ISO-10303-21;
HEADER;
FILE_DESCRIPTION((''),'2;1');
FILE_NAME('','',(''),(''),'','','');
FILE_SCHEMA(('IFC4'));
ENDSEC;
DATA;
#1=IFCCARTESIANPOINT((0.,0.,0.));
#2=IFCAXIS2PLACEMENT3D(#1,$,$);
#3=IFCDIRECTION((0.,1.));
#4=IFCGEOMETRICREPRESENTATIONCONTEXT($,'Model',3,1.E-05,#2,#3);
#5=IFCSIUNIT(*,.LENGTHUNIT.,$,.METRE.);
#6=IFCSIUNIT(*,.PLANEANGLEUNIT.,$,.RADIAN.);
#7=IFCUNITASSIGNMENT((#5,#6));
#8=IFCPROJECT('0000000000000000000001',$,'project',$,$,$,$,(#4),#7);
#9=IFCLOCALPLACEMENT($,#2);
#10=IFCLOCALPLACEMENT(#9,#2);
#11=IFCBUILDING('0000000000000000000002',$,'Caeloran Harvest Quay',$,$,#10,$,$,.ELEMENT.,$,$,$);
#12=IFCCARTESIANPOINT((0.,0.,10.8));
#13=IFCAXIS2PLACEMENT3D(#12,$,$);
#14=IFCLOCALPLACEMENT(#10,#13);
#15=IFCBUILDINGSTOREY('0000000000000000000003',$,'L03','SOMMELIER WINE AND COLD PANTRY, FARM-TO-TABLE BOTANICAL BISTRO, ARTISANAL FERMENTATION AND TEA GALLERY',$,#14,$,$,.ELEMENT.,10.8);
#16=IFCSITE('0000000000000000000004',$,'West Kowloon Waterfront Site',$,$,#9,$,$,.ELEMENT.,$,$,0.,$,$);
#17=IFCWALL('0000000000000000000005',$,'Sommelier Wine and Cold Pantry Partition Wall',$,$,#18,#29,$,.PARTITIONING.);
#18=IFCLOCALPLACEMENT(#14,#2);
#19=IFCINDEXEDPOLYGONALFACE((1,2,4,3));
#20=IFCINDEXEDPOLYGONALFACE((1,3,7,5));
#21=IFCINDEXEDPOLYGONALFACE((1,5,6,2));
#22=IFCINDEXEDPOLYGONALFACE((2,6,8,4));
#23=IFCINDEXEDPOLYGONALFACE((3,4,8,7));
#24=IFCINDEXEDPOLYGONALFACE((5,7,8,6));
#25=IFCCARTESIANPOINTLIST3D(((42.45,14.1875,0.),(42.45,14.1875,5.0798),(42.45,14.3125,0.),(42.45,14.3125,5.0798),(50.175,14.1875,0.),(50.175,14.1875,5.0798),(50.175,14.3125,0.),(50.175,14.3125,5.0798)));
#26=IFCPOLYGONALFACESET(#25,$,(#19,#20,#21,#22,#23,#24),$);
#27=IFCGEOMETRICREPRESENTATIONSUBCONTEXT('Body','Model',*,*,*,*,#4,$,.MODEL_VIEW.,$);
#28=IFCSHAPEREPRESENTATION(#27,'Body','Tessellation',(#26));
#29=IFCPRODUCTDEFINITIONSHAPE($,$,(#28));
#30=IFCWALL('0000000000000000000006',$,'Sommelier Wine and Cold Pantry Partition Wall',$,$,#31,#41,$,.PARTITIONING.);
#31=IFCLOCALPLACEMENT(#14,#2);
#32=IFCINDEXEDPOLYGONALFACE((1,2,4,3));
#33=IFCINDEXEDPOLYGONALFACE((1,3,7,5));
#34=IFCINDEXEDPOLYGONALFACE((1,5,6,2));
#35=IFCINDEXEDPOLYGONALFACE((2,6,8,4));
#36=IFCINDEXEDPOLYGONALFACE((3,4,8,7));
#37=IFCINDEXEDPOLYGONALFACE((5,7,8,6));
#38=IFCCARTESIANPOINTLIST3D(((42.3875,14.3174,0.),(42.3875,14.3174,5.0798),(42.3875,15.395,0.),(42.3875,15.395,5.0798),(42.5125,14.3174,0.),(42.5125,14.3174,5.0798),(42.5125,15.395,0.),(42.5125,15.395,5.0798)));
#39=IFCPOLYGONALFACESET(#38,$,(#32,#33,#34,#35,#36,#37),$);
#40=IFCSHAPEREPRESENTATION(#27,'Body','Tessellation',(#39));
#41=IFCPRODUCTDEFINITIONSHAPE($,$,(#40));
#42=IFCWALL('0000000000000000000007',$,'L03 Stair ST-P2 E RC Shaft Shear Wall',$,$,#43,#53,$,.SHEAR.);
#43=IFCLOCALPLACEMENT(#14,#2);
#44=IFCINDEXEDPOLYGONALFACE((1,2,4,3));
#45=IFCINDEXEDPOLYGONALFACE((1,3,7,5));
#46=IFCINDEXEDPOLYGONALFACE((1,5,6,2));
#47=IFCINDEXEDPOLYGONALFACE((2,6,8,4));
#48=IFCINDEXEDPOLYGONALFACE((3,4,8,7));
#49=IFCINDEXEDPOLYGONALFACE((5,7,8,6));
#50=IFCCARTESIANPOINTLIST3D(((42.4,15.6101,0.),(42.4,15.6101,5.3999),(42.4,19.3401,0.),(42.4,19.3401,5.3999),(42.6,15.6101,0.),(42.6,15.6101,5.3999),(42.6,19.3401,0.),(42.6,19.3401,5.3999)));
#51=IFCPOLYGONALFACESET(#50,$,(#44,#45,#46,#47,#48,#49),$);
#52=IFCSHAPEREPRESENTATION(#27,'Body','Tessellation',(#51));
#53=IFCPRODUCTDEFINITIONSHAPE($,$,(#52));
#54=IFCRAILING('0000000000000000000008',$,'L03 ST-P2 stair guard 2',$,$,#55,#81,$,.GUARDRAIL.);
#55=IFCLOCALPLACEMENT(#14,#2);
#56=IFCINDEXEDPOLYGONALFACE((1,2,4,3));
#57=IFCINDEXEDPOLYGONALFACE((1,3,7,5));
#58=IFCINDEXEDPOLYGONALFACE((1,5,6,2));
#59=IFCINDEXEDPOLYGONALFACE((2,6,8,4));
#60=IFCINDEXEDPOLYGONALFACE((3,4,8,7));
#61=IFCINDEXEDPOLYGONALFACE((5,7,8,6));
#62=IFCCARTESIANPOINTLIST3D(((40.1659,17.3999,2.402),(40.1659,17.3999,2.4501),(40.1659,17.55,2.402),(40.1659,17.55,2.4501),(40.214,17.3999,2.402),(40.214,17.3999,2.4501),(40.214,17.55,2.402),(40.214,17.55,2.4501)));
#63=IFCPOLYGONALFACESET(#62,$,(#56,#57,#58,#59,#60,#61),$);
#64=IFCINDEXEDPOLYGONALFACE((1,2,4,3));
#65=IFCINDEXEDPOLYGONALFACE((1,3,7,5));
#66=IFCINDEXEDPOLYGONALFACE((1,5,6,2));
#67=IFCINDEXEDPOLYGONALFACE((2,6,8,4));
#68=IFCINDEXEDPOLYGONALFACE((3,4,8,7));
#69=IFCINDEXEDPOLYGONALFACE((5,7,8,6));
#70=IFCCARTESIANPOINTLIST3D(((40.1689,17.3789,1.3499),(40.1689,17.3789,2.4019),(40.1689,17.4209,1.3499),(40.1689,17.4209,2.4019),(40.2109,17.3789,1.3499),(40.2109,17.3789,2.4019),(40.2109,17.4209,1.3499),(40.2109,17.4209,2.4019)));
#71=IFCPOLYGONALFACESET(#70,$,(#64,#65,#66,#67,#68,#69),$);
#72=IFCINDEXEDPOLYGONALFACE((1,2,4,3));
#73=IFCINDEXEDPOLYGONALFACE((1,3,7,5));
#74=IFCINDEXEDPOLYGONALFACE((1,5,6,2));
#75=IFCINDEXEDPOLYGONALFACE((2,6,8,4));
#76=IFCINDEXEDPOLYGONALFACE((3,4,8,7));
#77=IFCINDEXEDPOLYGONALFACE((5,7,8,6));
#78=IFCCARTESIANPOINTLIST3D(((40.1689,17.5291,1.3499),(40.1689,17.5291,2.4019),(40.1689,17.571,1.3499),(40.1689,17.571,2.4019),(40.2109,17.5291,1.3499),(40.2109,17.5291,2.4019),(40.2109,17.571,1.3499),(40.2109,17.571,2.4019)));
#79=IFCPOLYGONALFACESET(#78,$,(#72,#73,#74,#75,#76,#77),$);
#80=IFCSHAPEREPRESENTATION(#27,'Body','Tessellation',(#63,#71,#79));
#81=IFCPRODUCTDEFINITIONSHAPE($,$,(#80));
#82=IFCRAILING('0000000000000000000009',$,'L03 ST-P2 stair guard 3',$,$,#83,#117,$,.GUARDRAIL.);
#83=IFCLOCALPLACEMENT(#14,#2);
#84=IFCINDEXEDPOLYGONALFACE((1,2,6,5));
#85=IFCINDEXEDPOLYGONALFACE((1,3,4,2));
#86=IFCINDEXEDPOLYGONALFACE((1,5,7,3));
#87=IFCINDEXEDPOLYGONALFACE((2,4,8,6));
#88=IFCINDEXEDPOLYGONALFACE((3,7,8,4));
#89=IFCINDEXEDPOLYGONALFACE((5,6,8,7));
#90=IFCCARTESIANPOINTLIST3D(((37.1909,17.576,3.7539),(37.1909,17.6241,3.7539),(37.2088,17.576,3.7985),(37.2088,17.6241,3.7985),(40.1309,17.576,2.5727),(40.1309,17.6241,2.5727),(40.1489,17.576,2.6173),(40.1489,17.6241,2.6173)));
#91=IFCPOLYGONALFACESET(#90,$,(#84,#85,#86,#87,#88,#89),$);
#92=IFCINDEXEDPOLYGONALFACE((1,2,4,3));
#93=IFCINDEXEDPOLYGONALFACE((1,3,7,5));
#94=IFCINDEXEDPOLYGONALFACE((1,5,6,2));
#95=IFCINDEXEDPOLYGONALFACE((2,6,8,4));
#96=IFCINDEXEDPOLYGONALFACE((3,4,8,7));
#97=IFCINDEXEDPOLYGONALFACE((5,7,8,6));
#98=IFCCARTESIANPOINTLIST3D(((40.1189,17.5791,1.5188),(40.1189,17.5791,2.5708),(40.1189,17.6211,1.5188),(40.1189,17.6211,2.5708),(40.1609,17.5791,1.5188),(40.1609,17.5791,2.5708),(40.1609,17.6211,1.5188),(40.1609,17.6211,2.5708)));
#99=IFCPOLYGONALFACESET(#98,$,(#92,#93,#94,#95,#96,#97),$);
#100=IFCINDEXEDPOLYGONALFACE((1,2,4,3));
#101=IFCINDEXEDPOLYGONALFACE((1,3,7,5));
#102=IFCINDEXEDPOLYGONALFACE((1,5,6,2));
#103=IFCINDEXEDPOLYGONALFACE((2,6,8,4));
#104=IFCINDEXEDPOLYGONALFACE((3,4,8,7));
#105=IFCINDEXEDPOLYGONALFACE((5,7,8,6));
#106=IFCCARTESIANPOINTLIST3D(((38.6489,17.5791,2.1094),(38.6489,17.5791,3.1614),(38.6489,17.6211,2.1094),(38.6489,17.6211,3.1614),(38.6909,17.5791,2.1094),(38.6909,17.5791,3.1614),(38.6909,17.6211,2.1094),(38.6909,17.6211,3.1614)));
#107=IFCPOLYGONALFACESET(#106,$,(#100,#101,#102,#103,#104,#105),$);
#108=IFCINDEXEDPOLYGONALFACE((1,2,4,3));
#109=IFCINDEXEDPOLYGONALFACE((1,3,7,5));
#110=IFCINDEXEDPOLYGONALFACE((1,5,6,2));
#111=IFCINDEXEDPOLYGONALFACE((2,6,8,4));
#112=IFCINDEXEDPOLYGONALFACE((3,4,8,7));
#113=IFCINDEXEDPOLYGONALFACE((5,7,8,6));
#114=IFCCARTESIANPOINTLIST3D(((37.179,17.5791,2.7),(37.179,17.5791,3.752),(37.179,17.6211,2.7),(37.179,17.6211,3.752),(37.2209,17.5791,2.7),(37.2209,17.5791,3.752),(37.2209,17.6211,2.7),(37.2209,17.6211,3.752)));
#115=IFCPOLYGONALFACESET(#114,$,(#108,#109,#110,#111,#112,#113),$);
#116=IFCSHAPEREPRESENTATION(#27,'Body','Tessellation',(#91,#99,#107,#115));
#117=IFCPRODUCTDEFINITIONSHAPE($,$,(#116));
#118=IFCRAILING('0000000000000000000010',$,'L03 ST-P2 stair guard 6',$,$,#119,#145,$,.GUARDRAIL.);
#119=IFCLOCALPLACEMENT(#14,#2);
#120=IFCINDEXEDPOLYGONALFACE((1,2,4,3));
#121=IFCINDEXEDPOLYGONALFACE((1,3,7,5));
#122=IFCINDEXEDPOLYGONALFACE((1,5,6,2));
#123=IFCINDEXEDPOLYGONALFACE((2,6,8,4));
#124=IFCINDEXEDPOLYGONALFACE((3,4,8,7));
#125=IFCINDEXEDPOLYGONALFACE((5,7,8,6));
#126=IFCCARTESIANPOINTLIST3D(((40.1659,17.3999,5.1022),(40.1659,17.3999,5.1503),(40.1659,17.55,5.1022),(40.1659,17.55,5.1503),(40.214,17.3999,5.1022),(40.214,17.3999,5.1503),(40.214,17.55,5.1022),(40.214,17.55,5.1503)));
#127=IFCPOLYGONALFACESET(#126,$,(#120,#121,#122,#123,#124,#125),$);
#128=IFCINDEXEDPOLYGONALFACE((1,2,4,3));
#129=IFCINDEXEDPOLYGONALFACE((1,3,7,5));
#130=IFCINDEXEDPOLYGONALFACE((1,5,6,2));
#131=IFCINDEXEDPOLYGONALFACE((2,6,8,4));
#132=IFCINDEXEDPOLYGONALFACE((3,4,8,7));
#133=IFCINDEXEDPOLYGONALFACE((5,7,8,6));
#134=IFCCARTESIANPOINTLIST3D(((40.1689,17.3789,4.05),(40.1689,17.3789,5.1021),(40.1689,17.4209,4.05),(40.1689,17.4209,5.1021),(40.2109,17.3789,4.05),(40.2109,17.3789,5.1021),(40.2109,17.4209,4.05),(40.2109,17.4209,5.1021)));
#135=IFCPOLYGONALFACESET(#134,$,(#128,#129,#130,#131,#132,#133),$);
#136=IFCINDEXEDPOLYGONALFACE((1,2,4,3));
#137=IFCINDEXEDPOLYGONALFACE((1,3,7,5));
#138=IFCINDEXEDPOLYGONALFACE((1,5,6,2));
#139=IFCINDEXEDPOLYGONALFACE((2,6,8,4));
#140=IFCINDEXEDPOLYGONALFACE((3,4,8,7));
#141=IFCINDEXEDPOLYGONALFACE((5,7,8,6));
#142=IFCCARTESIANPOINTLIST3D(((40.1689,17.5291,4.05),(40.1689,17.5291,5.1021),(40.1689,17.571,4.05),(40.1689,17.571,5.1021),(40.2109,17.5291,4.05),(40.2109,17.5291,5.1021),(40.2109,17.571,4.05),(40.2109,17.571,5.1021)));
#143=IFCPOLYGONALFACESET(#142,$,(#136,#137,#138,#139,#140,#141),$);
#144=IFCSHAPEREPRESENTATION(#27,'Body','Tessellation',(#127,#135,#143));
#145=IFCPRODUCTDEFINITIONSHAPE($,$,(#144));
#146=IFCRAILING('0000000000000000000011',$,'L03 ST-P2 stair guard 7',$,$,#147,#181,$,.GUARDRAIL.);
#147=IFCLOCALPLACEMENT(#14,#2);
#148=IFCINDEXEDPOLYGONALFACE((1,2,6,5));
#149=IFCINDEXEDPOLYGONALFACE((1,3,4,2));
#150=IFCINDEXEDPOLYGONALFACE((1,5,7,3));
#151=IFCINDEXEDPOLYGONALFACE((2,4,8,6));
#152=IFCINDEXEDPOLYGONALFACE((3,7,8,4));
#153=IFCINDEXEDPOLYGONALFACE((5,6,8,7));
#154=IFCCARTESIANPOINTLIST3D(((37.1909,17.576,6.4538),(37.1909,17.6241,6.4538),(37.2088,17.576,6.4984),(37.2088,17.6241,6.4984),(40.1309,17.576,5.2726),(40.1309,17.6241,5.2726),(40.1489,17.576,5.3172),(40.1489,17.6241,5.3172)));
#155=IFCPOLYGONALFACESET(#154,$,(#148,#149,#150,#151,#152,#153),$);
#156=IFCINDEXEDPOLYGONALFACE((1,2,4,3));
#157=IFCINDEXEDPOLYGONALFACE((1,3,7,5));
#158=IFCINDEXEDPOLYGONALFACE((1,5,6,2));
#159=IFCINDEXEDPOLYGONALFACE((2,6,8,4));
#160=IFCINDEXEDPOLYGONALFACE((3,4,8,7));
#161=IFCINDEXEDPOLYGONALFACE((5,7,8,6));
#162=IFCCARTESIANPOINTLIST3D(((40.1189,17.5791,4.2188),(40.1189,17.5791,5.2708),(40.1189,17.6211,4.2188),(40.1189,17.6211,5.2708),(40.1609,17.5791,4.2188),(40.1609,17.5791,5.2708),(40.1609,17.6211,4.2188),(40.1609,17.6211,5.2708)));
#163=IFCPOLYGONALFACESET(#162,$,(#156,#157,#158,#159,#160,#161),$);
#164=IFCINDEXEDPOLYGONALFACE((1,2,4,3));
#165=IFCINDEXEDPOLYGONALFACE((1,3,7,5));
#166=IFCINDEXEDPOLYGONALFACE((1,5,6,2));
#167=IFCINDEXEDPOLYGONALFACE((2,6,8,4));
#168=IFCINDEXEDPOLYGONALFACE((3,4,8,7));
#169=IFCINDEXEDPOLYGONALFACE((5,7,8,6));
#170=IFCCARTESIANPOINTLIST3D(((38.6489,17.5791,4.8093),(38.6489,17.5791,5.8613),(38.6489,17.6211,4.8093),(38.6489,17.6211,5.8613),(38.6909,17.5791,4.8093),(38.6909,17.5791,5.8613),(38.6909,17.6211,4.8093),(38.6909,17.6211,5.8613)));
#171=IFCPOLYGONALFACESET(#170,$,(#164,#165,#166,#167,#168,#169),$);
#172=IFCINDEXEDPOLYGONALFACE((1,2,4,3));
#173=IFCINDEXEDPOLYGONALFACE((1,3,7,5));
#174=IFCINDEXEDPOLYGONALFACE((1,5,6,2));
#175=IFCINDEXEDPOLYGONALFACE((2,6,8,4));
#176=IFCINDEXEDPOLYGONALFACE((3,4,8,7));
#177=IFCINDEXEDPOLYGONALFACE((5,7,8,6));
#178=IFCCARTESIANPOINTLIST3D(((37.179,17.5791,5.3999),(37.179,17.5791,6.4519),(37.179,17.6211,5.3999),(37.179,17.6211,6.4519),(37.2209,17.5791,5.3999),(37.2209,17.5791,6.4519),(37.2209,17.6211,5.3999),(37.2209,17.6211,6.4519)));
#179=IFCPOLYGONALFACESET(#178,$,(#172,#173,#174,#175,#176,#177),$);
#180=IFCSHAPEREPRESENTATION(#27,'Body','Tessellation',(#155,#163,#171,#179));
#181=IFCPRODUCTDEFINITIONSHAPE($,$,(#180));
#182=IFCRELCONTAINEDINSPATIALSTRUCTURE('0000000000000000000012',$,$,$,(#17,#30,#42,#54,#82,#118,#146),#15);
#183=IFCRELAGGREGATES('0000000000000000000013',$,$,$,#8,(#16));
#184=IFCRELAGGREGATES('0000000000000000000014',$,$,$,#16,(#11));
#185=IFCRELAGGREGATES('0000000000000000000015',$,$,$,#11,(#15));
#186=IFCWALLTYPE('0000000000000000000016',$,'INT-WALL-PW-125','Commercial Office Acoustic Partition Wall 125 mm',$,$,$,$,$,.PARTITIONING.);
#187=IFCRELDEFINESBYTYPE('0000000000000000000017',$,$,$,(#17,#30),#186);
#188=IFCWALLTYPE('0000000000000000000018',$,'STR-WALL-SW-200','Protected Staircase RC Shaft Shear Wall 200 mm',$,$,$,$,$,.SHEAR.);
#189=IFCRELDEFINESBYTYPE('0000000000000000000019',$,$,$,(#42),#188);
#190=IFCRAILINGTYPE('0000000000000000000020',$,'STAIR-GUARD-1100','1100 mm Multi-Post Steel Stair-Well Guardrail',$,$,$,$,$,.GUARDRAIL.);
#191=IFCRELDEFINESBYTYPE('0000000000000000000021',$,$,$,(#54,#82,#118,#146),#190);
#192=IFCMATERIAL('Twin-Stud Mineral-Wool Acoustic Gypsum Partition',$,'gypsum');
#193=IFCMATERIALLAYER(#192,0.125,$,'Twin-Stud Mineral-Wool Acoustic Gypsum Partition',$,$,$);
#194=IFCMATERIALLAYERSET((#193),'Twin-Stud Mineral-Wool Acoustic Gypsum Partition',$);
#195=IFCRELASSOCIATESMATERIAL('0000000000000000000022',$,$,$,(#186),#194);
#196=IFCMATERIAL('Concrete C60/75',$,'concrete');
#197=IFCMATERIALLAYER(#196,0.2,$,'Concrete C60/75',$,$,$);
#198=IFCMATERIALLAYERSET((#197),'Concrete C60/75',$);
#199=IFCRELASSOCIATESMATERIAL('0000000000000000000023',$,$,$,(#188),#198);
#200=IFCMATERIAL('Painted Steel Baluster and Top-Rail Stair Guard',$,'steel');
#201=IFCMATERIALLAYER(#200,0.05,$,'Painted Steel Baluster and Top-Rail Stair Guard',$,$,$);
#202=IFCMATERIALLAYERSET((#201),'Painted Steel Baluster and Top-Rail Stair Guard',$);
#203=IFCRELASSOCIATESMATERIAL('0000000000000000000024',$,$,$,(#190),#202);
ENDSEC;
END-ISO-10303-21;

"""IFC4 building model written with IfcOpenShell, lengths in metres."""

from ifc_helpers import new_model, si_unit, direction, frame, frame_2d, origin, origin_2d, place, context, subcontext, project, spatial, rectangle, extrude, material, layer, layer_set, type_object, element, save


model = new_model("IFC4")

# Units and contexts
model_context = context("Model", 3, precision=1e-05, world=origin(), true_north=direction((0.0, 1.0)))
body_context = subcontext(model_context, "Body", "Model", "MODEL_VIEW")
ifc_project = project(units=[si_unit("LENGTHUNIT", "METRE"), si_unit("PLANEANGLEUNIT", "RADIAN")], contexts=[model_context])

# Site, building, storey
site_placement = place(None, origin())
site = spatial("IfcSite", under=ifc_project, at=site_placement, Name="West Kowloon Waterfront Site", CompositionType="ELEMENT", RefElevation=0.0)
building_placement = place(site_placement, origin())
building = spatial("IfcBuilding", under=site, at=building_placement, Name="Caeloran Harvest Quay", CompositionType="ELEMENT")
storey_placement = place(building_placement, frame((0.0, 0.0, 10.8)))
storey = spatial("IfcBuildingStorey", under=building, at=storey_placement, Name="L03", Description="SOMMELIER WINE AND COLD PANTRY, FARM-TO-TABLE BOTANICAL BISTRO, ARTISANAL FERMENTATION AND TEA GALLERY", CompositionType="ELEMENT", Elevation=10.8)

# Walls
ifc_material_1 = material(Name="Twin-Stud Mineral-Wool Acoustic Gypsum Partition", Category="gypsum")
ifc_layer_1 = layer(ifc_material_1, 0.125, Name="Twin-Stud Mineral-Wool Acoustic Gypsum Partition")
ifc_layer_set_1 = layer_set([ifc_layer_1], Name="Twin-Stud Mineral-Wool Acoustic Gypsum Partition")
wall_type_1 = type_object("IfcWallType", Name="INT-WALL-PW-125", Description="Commercial Office Acoustic Partition Wall 125 mm", PredefinedType="PARTITIONING", material=ifc_layer_set_1)
wall_1_placement = place(storey_placement, frame((50.175, 14.25, 0.0), z_axis=(0.0, 0.0, 1.0), x_axis=(-1.0, 0.0, 0.0)))
element("IfcWall", 1, at=wall_1_placement, inside=storey, type_object=wall_type_1, Name="Sommelier Wine and Cold Pantry Partition Wall", PredefinedType="PARTITIONING", context=body_context, shape_type="SweptSolid", body=[
    extrude(rectangle(XDim=7.7251, YDim=0.125, at=frame_2d((3.8625, 0.0))), origin(), (0.0, 0.0, 1.0), 5.0798),
])
wall_2_placement = place(storey_placement, frame((42.45, 14.3174, 0.0), z_axis=(0.0, 0.0, 1.0), x_axis=(0.0, 1.0, 0.0)))
element("IfcWall", 2, at=wall_2_placement, inside=storey, type_object=wall_type_1, Name="Sommelier Wine and Cold Pantry Partition Wall", PredefinedType="PARTITIONING", context=body_context, shape_type="SweptSolid", body=[
    extrude(rectangle(XDim=1.0776, YDim=0.125, at=frame_2d((0.5388, 0.0))), origin(), (0.0, 0.0, 1.0), 5.0798),
])
ifc_material_2 = material(Name="Concrete C60/75", Category="concrete")
ifc_layer_2 = layer(ifc_material_2, 0.2, Name="Concrete C60/75")
ifc_layer_set_2 = layer_set([ifc_layer_2], Name="Concrete C60/75")
wall_type_2 = type_object("IfcWallType", Name="STR-WALL-SW-200", Description="Protected Staircase RC Shaft Shear Wall 200 mm", PredefinedType="SHEAR", material=ifc_layer_set_2)
wall_3_placement = place(storey_placement, frame((42.5, 15.6101, 0.0), z_axis=(0.0, 0.0, 1.0), x_axis=(0.0, 1.0, 0.0)))
element("IfcWall", 3, at=wall_3_placement, inside=storey, type_object=wall_type_2, Name="L03 Stair ST-P2 E RC Shaft Shear Wall", PredefinedType="SHEAR", context=body_context, shape_type="SweptSolid", body=[
    extrude(rectangle(XDim=3.73, YDim=0.2, at=frame_2d((1.865, 0.0))), origin(), (0.0, 0.0, 1.0), 5.3999),
])

# Railings
ifc_material_3 = material(Name="Painted Steel Baluster and Top-Rail Stair Guard", Category="steel")
ifc_layer_3 = layer(ifc_material_3, 0.05, Name="Painted Steel Baluster and Top-Rail Stair Guard")
ifc_layer_set_3 = layer_set([ifc_layer_3], Name="Painted Steel Baluster and Top-Rail Stair Guard")
railing_type_1 = type_object("IfcRailingType", Name="STAIR-GUARD-1100", Description="1100 mm Multi-Post Steel Stair-Well Guardrail", PredefinedType="GUARDRAIL", material=ifc_layer_set_3)
railing_1_placement = place(storey_placement, frame((40.1899, 17.3999, 1.3499)))
element("IfcRailing", 4, at=railing_1_placement, inside=storey, type_object=railing_type_1, Name="L03 ST-P2 stair guard 2", PredefinedType="GUARDRAIL", context=body_context, shape_type="SweptSolid", body=[
    extrude(rectangle(XDim=0.0481, YDim=0.0481, at=origin_2d()), frame((0.0, 0.0, 1.0762), z_axis=(0.0, 1.0, 0.0), x_axis=(-1.0, 0.0, 0.0)), (0.0, 0.0, 1.0), 0.1501),
    extrude(rectangle(XDim=0.042, YDim=0.042, at=origin_2d()), origin(), (0.0, 0.0, 1.0), 1.052),
    extrude(rectangle(XDim=0.042, YDim=0.042, at=origin_2d()), frame((0.0, 0.1501, 0.0)), (0.0, 0.0, 1.0), 1.052),
])
railing_2_placement = place(storey_placement, frame((40.1399, 17.6001, 1.5188)))
element("IfcRailing", 5, at=railing_2_placement, inside=storey, type_object=railing_type_1, Name="L03 ST-P2 stair guard 3", PredefinedType="GUARDRAIL", context=body_context, shape_type="SweptSolid", body=[
    extrude(rectangle(XDim=0.0481, YDim=0.0481, at=origin_2d()), frame((0.0, 0.0, 1.0762), z_axis=(-0.927912, 0.0, 0.372799), x_axis=(0.0, -1.0, 0.0)), (0.0, 0.0, 1.0), 3.1685),
    extrude(rectangle(XDim=0.042, YDim=0.042, at=origin_2d()), origin(), (0.0, 0.0, 1.0), 1.052),
    extrude(rectangle(XDim=0.042, YDim=0.042, at=origin_2d()), frame((-1.47, 0.0, 0.5906)), (0.0, 0.0, 1.0), 1.052),
    extrude(rectangle(XDim=0.042, YDim=0.042, at=origin_2d()), frame((-2.9399, 0.0, 1.1812)), (0.0, 0.0, 1.0), 1.052),
])
railing_3_placement = place(storey_placement, frame((40.1899, 17.3999, 4.05)))
element("IfcRailing", 6, at=railing_3_placement, inside=storey, type_object=railing_type_1, Name="L03 ST-P2 stair guard 6", PredefinedType="GUARDRAIL", context=body_context, shape_type="SweptSolid", body=[
    extrude(rectangle(XDim=0.0481, YDim=0.0481, at=origin_2d()), frame((0.0, 0.0, 1.0762), z_axis=(0.0, 1.0, 0.0), x_axis=(-1.0, 0.0, 0.0)), (0.0, 0.0, 1.0), 0.1501),
    extrude(rectangle(XDim=0.042, YDim=0.042, at=origin_2d()), origin(), (0.0, 0.0, 1.0), 1.052),
    extrude(rectangle(XDim=0.042, YDim=0.042, at=origin_2d()), frame((0.0, 0.1501, 0.0)), (0.0, 0.0, 1.0), 1.052),
])
railing_4_placement = place(storey_placement, frame((40.1399, 17.6001, 4.2188)))
element("IfcRailing", 7, at=railing_4_placement, inside=storey, type_object=railing_type_1, Name="L03 ST-P2 stair guard 7", PredefinedType="GUARDRAIL", context=body_context, shape_type="SweptSolid", body=[
    extrude(rectangle(XDim=0.0481, YDim=0.0481, at=origin_2d()), frame((0.0, 0.0, 1.0762), z_axis=(-0.927912, 0.0, 0.372799), x_axis=(0.0, -1.0, 0.0)), (0.0, 0.0, 1.0), 3.1685),
    extrude(rectangle(XDim=0.042, YDim=0.042, at=origin_2d()), origin(), (0.0, 0.0, 1.0), 1.052),
    extrude(rectangle(XDim=0.042, YDim=0.042, at=origin_2d()), frame((-1.47, 0.0, 0.5906)), (0.0, 0.0, 1.0), 1.052),
    extrude(rectangle(XDim=0.042, YDim=0.042, at=origin_2d()), frame((-2.9399, 0.0, 1.1812)), (0.0, 0.0, 1.0), 1.052),
])

save(model, "model.ifc")
